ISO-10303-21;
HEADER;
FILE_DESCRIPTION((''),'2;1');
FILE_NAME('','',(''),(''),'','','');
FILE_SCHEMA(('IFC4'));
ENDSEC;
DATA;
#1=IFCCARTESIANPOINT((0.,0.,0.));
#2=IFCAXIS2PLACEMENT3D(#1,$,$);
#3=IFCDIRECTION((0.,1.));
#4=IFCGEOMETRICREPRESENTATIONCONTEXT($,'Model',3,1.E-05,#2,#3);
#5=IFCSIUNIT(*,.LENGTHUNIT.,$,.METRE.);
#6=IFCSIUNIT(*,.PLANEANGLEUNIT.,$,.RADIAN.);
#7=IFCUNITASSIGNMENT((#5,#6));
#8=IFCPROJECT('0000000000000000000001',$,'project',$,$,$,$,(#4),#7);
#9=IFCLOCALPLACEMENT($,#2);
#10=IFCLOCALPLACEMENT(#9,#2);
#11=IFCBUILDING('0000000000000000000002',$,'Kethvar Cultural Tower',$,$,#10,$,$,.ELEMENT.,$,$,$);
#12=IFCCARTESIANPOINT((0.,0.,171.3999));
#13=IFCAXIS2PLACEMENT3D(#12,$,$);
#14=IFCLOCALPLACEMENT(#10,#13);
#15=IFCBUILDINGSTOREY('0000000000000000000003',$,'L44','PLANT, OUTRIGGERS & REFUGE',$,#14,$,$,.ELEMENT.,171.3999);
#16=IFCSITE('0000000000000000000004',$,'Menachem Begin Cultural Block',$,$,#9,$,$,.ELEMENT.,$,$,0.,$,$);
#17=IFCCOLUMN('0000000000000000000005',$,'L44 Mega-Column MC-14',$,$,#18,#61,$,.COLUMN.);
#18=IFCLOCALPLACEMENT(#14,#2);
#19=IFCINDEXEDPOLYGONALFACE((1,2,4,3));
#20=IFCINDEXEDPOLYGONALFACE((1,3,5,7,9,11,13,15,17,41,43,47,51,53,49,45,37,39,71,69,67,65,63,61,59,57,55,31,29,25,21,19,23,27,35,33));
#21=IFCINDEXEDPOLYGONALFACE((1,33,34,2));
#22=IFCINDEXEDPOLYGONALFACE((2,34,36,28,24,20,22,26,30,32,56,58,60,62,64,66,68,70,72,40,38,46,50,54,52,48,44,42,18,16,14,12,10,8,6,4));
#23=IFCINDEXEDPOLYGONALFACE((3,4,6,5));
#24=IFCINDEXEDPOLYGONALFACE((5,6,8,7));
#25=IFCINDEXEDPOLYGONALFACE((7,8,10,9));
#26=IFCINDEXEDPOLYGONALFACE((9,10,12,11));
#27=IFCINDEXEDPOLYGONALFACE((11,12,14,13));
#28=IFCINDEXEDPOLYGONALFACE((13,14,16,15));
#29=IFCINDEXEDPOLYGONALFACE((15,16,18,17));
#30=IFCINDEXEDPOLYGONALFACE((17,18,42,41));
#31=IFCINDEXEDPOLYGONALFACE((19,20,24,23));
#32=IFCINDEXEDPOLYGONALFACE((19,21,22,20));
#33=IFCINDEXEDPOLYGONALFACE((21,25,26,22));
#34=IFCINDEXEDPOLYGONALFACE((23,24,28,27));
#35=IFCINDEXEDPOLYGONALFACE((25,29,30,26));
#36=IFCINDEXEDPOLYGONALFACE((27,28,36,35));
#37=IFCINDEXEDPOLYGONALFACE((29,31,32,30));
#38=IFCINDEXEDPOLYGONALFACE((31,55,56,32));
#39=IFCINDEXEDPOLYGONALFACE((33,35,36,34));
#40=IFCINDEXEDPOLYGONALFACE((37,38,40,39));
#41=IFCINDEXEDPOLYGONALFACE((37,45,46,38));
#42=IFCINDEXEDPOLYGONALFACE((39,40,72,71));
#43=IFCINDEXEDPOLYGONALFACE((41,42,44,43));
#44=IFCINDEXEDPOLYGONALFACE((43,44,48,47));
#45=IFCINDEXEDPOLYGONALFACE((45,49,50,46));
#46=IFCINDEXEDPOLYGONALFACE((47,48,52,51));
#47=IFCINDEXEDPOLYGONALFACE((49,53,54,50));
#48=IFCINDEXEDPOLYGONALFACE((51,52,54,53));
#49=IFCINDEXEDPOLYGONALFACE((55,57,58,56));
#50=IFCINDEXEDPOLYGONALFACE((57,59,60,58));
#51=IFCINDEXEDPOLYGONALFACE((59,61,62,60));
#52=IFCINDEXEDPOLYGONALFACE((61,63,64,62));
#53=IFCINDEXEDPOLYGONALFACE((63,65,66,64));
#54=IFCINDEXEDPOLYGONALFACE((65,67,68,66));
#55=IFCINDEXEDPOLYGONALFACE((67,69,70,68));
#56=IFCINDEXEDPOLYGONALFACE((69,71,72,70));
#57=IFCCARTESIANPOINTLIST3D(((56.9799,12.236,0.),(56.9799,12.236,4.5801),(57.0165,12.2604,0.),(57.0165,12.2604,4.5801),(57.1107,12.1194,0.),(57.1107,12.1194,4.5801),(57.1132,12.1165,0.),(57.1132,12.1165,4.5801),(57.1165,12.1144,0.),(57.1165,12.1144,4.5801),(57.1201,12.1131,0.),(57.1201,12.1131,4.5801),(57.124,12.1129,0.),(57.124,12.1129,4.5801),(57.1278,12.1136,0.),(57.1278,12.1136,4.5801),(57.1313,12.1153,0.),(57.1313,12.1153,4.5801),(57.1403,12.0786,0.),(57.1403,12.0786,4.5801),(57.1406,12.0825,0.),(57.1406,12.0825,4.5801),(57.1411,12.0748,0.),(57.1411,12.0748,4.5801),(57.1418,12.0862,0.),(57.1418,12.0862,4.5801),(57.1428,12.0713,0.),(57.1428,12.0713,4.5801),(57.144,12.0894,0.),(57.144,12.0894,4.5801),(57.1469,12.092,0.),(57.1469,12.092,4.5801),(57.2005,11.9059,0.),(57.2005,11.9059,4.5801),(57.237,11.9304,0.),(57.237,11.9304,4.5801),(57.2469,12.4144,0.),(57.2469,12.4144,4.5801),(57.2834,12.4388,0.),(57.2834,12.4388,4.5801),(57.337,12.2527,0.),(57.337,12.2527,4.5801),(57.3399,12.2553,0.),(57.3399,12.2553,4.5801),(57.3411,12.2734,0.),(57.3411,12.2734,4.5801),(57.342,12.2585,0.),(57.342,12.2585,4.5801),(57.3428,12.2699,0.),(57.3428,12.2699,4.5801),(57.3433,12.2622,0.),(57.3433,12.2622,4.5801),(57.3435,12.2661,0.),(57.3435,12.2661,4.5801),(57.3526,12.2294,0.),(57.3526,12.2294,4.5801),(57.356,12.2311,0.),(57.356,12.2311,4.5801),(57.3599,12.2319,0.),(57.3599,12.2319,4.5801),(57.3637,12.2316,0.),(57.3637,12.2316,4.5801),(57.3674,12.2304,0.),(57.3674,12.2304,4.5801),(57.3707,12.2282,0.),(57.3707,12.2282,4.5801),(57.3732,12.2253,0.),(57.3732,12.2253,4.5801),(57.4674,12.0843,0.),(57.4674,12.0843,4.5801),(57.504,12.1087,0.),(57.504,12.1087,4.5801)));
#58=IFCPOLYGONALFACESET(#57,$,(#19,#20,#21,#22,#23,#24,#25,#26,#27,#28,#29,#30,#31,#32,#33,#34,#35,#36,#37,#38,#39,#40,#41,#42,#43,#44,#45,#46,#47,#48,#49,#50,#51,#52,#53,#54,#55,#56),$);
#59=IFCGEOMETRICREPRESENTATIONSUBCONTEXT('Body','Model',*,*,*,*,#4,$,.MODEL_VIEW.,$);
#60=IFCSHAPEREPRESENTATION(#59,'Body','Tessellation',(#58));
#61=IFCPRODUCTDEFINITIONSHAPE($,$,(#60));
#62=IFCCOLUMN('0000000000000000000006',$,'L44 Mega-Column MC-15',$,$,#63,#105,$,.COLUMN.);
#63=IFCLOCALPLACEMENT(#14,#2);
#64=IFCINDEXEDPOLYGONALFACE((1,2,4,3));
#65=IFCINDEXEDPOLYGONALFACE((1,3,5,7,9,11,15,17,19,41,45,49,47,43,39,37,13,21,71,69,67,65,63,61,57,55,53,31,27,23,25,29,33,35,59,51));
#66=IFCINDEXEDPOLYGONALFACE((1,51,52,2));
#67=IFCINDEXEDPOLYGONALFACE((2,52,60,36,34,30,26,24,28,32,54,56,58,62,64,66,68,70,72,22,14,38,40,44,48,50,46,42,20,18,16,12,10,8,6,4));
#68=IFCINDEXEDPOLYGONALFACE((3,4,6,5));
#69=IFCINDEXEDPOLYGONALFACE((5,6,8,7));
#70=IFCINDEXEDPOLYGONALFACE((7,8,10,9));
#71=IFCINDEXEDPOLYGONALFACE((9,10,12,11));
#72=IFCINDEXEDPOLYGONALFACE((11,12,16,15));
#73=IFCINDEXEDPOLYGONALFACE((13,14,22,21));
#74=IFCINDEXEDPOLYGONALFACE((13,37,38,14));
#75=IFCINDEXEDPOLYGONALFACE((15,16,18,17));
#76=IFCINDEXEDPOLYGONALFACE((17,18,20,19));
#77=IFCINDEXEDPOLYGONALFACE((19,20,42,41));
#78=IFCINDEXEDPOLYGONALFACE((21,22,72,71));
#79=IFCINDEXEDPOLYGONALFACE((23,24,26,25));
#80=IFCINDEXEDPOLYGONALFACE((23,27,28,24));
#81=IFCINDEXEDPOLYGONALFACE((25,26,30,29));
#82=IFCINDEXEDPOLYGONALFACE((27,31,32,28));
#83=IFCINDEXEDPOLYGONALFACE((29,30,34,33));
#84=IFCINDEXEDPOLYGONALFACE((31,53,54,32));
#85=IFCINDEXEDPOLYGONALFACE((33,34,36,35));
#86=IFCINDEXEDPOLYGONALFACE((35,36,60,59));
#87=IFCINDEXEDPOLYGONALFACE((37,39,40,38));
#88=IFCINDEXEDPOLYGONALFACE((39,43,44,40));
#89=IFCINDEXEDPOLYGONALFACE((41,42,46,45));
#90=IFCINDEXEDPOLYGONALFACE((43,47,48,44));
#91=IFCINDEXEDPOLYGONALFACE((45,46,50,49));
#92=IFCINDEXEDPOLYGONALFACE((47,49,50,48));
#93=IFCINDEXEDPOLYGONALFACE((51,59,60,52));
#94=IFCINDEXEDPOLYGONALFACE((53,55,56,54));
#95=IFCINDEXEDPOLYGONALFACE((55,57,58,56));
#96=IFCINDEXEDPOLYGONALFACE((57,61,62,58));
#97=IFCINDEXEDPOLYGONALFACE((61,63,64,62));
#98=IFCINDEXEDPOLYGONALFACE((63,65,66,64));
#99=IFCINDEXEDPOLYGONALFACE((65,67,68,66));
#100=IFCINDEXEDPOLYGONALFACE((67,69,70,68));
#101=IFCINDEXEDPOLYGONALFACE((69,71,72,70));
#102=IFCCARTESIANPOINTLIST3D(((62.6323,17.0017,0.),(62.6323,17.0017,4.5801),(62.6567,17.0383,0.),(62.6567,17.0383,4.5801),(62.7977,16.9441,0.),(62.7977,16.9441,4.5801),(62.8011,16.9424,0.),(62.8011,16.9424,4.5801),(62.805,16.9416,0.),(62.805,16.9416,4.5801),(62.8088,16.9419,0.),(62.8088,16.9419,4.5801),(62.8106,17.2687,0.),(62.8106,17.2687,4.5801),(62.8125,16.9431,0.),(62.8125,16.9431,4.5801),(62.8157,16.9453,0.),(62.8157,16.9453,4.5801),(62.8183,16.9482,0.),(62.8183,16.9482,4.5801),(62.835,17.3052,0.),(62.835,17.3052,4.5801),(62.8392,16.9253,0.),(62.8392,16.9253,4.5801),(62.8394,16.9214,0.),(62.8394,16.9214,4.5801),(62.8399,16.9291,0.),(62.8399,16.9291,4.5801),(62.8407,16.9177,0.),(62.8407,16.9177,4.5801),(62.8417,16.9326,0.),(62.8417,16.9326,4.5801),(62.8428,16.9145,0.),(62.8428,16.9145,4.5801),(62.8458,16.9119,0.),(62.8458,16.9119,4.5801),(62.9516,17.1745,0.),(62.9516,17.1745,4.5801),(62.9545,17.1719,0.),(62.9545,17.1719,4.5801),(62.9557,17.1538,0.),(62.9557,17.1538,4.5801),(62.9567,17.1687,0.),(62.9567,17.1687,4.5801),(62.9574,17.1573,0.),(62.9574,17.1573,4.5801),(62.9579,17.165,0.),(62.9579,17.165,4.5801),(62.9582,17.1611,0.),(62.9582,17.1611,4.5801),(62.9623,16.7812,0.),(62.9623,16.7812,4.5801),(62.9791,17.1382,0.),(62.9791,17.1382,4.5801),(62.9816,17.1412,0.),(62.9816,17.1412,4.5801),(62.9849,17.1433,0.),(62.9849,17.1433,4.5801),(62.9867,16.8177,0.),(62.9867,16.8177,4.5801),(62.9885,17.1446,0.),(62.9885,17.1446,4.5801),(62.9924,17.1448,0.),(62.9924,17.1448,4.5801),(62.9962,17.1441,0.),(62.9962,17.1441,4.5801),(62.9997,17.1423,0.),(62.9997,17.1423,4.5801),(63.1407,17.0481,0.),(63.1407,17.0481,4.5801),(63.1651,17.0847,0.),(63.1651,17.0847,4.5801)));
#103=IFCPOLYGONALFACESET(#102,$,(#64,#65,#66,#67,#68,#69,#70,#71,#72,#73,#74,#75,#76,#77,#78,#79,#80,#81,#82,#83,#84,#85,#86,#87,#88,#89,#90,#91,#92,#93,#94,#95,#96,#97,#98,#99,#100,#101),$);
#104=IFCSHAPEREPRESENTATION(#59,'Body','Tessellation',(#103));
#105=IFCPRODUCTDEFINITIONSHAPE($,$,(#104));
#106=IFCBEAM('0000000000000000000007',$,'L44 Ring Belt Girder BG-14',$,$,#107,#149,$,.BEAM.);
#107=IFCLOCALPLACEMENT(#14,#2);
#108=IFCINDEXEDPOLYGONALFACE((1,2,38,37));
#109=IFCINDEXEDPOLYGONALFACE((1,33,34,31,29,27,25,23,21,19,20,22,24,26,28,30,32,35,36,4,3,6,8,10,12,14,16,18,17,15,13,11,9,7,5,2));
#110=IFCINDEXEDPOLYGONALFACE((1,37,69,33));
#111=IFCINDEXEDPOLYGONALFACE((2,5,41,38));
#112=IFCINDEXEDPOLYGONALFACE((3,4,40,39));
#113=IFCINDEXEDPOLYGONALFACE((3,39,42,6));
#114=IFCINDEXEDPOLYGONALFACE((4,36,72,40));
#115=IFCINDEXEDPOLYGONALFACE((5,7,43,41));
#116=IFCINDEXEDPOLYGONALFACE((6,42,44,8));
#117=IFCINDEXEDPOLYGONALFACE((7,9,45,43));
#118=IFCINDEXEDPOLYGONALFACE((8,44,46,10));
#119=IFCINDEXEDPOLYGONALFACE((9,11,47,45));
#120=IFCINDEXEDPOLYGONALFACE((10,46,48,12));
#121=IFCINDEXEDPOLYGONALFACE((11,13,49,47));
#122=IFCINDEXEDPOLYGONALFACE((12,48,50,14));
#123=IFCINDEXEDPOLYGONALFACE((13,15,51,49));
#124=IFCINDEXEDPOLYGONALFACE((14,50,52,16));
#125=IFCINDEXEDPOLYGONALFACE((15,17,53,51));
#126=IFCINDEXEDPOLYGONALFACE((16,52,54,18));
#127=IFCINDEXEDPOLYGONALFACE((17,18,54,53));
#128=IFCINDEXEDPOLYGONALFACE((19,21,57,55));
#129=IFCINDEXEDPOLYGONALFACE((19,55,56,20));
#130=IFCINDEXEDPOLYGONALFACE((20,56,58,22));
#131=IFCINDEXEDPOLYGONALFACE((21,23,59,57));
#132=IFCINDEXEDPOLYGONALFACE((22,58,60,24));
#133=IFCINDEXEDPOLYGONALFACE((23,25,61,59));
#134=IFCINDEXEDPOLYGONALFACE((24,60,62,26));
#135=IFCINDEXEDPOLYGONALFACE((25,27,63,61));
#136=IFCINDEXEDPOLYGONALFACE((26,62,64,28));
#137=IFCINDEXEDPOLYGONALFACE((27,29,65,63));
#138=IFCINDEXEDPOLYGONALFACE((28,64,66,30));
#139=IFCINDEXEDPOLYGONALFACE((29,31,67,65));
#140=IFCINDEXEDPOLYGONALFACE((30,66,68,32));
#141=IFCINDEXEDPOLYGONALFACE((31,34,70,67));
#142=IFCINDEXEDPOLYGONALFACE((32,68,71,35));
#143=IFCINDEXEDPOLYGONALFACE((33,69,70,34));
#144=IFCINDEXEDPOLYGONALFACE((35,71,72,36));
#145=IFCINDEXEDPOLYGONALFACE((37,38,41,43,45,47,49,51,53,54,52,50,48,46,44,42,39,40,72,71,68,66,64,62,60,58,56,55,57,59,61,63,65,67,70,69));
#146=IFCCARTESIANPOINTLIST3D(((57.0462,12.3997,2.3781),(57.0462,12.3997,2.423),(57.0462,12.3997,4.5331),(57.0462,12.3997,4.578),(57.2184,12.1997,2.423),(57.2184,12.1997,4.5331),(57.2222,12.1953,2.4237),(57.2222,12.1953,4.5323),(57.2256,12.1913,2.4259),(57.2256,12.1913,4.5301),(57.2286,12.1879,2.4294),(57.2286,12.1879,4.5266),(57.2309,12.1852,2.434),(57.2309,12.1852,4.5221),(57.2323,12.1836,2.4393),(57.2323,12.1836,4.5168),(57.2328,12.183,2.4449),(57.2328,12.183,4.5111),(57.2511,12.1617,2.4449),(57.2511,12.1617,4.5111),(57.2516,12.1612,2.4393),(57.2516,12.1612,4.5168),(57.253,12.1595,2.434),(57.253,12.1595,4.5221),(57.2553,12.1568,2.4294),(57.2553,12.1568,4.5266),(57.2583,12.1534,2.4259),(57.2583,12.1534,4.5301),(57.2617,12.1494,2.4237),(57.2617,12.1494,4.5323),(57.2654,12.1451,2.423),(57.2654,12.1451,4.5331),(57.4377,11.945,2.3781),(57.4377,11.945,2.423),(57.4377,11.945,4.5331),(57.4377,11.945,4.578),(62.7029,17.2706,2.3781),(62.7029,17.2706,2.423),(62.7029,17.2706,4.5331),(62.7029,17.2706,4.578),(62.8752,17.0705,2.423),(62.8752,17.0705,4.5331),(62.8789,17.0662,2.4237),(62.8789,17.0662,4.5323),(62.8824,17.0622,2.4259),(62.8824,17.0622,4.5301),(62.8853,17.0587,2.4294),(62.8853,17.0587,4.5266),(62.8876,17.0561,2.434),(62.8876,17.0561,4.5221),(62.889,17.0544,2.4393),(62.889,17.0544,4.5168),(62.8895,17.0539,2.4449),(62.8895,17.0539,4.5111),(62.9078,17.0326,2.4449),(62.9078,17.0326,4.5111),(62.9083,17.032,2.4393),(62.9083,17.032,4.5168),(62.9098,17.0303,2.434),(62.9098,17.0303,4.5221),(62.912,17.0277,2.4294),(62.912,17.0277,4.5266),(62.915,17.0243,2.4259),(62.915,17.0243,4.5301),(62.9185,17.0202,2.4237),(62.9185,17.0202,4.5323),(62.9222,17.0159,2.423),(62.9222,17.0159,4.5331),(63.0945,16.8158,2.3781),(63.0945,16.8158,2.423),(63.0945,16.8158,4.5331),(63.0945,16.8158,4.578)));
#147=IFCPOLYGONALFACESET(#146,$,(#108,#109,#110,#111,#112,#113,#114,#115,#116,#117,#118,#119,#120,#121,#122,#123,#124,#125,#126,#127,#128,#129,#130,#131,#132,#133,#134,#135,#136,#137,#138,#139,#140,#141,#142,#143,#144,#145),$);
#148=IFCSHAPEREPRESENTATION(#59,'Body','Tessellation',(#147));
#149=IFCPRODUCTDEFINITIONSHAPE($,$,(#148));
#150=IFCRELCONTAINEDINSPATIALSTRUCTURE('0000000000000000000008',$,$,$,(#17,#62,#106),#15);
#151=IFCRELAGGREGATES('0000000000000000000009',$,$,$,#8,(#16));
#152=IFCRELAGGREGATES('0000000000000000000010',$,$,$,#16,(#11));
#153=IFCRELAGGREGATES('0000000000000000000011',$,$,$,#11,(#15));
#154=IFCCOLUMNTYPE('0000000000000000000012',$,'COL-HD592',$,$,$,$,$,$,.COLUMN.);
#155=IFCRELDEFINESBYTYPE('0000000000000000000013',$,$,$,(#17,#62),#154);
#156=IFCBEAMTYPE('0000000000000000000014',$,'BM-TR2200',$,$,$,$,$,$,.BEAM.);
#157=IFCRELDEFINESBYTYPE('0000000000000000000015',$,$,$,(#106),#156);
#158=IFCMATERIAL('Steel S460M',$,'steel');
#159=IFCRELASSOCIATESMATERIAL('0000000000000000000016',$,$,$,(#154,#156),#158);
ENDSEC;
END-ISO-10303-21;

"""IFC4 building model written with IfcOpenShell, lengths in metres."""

from ifc_helpers import new_model, si_unit, direction, frame, origin, origin_2d, place, context, subcontext, project, spatial, i_section, extrude, source, transform, mapped, material, material_profile, profile_set, type_object, element, save


model = new_model("IFC4")

# Units and contexts
model_context = context("Model", 3, precision=1e-05, world=origin(), true_north=direction((0.0, 1.0)))
body_context = subcontext(model_context, "Body", "Model", "MODEL_VIEW")
ifc_project = project(units=[si_unit("LENGTHUNIT", "METRE"), si_unit("PLANEANGLEUNIT", "RADIAN")], contexts=[model_context])

# Site, building, storey
site_placement = place(None, origin())
site = spatial("IfcSite", under=ifc_project, at=site_placement, Name="Menachem Begin Cultural Block", CompositionType="ELEMENT", RefElevation=0.0)
building_placement = place(site_placement, origin())
building = spatial("IfcBuilding", under=site, at=building_placement, Name="Kethvar Cultural Tower", CompositionType="ELEMENT")
storey_placement = place(building_placement, frame((0.0, 0.0, 171.3999)))
storey = spatial("IfcBuildingStorey", under=building, at=storey_placement, Name="L44", Description="PLANT, OUTRIGGERS & REFUGE", CompositionType="ELEMENT", Elevation=171.3999)

# Columns
ifc_material_1 = material(Name="Steel S460M", Category="steel")
ifc_material_profile_1 = material_profile(ifc_material_1, i_section(OverallWidth=0.397, OverallDepth=0.365, WebThickness=0.0281, FlangeThickness=0.0439, FilletRadius=0.0149, at=origin_2d()), Name="Steel S460M — HD400x592")
ifc_profile_set_1 = profile_set([ifc_material_profile_1], Name="Steel S460M — HD400x592")
column_type = type_object("IfcColumnType", Name="COL-HD592", PredefinedType="COLUMN", material=ifc_profile_set_1)
shared_shape_1 = source(origin(), body_context, "Body", "SweptSolid", [
    extrude(i_section(OverallWidth=0.397, OverallDepth=0.365, WebThickness=0.0281, FlangeThickness=0.0439, FilletRadius=0.0149, at=origin_2d()), origin(), (0.0, 0.0, 1.0), 4.5801),
])
for number, where, z_axis, x_axis, name in (
    (1, (57.2419, 12.1724, 0.0), (0.0, 0.0, 1.0), (0.55557, -0.83147, 0.0), "L44 Mega-Column MC-14"),
    (2, (62.8987, 17.0432, 0.0), (0.0, 0.0, 1.0), (0.83147, -0.55557, 0.0), "L44 Mega-Column MC-15"),
):
    element("IfcColumn", number, at=place(storey_placement, frame(where, z_axis=z_axis, x_axis=x_axis)), inside=storey, type_object=column_type, Name=name, PredefinedType="COLUMN", context=body_context, shape_type="MappedRepresentation", body=[
        mapped(shared_shape_1, transform((0.0, 0.0, 0.0), scale=1.0)),
    ])

# Beam
ifc_material_profile_2 = material_profile(ifc_material_1, i_section(OverallWidth=0.6001, OverallDepth=2.2, WebThickness=0.0281, FlangeThickness=0.0449, FilletRadius=0.022, at=origin_2d()), Name="Steel S460M — PG2200x600x45x28")
ifc_profile_set_2 = profile_set([ifc_material_profile_2], Name="Steel S460M — PG2200x600x45x28")
beam_type = type_object("IfcBeamType", Name="BM-TR2200", PredefinedType="BEAM", material=ifc_profile_set_2)
shared_shape_2 = source(origin(), body_context, "Body", "SweptSolid", [
    extrude(i_section(OverallWidth=0.6001, OverallDepth=2.2, WebThickness=0.0281, FlangeThickness=0.0449, FilletRadius=0.022, at=origin_2d()), origin(), (0.0, 0.0, 1.0), 7.4648),
])
beam_1_placement = place(storey_placement, frame((57.2419, 12.1724, 3.478), z_axis=(0.757784, 0.652505, 0.0), x_axis=(-0.652505, 0.757784, 0.0)))
element("IfcBeam", 3, at=beam_1_placement, inside=storey, type_object=beam_type, Name="L44 Ring Belt Girder BG-14", PredefinedType="BEAM", context=body_context, shape_type="MappedRepresentation", body=[
    mapped(shared_shape_2, transform((0.0, 0.0, 0.0), scale=1.0)),
])

save(model, "model.ifc")
